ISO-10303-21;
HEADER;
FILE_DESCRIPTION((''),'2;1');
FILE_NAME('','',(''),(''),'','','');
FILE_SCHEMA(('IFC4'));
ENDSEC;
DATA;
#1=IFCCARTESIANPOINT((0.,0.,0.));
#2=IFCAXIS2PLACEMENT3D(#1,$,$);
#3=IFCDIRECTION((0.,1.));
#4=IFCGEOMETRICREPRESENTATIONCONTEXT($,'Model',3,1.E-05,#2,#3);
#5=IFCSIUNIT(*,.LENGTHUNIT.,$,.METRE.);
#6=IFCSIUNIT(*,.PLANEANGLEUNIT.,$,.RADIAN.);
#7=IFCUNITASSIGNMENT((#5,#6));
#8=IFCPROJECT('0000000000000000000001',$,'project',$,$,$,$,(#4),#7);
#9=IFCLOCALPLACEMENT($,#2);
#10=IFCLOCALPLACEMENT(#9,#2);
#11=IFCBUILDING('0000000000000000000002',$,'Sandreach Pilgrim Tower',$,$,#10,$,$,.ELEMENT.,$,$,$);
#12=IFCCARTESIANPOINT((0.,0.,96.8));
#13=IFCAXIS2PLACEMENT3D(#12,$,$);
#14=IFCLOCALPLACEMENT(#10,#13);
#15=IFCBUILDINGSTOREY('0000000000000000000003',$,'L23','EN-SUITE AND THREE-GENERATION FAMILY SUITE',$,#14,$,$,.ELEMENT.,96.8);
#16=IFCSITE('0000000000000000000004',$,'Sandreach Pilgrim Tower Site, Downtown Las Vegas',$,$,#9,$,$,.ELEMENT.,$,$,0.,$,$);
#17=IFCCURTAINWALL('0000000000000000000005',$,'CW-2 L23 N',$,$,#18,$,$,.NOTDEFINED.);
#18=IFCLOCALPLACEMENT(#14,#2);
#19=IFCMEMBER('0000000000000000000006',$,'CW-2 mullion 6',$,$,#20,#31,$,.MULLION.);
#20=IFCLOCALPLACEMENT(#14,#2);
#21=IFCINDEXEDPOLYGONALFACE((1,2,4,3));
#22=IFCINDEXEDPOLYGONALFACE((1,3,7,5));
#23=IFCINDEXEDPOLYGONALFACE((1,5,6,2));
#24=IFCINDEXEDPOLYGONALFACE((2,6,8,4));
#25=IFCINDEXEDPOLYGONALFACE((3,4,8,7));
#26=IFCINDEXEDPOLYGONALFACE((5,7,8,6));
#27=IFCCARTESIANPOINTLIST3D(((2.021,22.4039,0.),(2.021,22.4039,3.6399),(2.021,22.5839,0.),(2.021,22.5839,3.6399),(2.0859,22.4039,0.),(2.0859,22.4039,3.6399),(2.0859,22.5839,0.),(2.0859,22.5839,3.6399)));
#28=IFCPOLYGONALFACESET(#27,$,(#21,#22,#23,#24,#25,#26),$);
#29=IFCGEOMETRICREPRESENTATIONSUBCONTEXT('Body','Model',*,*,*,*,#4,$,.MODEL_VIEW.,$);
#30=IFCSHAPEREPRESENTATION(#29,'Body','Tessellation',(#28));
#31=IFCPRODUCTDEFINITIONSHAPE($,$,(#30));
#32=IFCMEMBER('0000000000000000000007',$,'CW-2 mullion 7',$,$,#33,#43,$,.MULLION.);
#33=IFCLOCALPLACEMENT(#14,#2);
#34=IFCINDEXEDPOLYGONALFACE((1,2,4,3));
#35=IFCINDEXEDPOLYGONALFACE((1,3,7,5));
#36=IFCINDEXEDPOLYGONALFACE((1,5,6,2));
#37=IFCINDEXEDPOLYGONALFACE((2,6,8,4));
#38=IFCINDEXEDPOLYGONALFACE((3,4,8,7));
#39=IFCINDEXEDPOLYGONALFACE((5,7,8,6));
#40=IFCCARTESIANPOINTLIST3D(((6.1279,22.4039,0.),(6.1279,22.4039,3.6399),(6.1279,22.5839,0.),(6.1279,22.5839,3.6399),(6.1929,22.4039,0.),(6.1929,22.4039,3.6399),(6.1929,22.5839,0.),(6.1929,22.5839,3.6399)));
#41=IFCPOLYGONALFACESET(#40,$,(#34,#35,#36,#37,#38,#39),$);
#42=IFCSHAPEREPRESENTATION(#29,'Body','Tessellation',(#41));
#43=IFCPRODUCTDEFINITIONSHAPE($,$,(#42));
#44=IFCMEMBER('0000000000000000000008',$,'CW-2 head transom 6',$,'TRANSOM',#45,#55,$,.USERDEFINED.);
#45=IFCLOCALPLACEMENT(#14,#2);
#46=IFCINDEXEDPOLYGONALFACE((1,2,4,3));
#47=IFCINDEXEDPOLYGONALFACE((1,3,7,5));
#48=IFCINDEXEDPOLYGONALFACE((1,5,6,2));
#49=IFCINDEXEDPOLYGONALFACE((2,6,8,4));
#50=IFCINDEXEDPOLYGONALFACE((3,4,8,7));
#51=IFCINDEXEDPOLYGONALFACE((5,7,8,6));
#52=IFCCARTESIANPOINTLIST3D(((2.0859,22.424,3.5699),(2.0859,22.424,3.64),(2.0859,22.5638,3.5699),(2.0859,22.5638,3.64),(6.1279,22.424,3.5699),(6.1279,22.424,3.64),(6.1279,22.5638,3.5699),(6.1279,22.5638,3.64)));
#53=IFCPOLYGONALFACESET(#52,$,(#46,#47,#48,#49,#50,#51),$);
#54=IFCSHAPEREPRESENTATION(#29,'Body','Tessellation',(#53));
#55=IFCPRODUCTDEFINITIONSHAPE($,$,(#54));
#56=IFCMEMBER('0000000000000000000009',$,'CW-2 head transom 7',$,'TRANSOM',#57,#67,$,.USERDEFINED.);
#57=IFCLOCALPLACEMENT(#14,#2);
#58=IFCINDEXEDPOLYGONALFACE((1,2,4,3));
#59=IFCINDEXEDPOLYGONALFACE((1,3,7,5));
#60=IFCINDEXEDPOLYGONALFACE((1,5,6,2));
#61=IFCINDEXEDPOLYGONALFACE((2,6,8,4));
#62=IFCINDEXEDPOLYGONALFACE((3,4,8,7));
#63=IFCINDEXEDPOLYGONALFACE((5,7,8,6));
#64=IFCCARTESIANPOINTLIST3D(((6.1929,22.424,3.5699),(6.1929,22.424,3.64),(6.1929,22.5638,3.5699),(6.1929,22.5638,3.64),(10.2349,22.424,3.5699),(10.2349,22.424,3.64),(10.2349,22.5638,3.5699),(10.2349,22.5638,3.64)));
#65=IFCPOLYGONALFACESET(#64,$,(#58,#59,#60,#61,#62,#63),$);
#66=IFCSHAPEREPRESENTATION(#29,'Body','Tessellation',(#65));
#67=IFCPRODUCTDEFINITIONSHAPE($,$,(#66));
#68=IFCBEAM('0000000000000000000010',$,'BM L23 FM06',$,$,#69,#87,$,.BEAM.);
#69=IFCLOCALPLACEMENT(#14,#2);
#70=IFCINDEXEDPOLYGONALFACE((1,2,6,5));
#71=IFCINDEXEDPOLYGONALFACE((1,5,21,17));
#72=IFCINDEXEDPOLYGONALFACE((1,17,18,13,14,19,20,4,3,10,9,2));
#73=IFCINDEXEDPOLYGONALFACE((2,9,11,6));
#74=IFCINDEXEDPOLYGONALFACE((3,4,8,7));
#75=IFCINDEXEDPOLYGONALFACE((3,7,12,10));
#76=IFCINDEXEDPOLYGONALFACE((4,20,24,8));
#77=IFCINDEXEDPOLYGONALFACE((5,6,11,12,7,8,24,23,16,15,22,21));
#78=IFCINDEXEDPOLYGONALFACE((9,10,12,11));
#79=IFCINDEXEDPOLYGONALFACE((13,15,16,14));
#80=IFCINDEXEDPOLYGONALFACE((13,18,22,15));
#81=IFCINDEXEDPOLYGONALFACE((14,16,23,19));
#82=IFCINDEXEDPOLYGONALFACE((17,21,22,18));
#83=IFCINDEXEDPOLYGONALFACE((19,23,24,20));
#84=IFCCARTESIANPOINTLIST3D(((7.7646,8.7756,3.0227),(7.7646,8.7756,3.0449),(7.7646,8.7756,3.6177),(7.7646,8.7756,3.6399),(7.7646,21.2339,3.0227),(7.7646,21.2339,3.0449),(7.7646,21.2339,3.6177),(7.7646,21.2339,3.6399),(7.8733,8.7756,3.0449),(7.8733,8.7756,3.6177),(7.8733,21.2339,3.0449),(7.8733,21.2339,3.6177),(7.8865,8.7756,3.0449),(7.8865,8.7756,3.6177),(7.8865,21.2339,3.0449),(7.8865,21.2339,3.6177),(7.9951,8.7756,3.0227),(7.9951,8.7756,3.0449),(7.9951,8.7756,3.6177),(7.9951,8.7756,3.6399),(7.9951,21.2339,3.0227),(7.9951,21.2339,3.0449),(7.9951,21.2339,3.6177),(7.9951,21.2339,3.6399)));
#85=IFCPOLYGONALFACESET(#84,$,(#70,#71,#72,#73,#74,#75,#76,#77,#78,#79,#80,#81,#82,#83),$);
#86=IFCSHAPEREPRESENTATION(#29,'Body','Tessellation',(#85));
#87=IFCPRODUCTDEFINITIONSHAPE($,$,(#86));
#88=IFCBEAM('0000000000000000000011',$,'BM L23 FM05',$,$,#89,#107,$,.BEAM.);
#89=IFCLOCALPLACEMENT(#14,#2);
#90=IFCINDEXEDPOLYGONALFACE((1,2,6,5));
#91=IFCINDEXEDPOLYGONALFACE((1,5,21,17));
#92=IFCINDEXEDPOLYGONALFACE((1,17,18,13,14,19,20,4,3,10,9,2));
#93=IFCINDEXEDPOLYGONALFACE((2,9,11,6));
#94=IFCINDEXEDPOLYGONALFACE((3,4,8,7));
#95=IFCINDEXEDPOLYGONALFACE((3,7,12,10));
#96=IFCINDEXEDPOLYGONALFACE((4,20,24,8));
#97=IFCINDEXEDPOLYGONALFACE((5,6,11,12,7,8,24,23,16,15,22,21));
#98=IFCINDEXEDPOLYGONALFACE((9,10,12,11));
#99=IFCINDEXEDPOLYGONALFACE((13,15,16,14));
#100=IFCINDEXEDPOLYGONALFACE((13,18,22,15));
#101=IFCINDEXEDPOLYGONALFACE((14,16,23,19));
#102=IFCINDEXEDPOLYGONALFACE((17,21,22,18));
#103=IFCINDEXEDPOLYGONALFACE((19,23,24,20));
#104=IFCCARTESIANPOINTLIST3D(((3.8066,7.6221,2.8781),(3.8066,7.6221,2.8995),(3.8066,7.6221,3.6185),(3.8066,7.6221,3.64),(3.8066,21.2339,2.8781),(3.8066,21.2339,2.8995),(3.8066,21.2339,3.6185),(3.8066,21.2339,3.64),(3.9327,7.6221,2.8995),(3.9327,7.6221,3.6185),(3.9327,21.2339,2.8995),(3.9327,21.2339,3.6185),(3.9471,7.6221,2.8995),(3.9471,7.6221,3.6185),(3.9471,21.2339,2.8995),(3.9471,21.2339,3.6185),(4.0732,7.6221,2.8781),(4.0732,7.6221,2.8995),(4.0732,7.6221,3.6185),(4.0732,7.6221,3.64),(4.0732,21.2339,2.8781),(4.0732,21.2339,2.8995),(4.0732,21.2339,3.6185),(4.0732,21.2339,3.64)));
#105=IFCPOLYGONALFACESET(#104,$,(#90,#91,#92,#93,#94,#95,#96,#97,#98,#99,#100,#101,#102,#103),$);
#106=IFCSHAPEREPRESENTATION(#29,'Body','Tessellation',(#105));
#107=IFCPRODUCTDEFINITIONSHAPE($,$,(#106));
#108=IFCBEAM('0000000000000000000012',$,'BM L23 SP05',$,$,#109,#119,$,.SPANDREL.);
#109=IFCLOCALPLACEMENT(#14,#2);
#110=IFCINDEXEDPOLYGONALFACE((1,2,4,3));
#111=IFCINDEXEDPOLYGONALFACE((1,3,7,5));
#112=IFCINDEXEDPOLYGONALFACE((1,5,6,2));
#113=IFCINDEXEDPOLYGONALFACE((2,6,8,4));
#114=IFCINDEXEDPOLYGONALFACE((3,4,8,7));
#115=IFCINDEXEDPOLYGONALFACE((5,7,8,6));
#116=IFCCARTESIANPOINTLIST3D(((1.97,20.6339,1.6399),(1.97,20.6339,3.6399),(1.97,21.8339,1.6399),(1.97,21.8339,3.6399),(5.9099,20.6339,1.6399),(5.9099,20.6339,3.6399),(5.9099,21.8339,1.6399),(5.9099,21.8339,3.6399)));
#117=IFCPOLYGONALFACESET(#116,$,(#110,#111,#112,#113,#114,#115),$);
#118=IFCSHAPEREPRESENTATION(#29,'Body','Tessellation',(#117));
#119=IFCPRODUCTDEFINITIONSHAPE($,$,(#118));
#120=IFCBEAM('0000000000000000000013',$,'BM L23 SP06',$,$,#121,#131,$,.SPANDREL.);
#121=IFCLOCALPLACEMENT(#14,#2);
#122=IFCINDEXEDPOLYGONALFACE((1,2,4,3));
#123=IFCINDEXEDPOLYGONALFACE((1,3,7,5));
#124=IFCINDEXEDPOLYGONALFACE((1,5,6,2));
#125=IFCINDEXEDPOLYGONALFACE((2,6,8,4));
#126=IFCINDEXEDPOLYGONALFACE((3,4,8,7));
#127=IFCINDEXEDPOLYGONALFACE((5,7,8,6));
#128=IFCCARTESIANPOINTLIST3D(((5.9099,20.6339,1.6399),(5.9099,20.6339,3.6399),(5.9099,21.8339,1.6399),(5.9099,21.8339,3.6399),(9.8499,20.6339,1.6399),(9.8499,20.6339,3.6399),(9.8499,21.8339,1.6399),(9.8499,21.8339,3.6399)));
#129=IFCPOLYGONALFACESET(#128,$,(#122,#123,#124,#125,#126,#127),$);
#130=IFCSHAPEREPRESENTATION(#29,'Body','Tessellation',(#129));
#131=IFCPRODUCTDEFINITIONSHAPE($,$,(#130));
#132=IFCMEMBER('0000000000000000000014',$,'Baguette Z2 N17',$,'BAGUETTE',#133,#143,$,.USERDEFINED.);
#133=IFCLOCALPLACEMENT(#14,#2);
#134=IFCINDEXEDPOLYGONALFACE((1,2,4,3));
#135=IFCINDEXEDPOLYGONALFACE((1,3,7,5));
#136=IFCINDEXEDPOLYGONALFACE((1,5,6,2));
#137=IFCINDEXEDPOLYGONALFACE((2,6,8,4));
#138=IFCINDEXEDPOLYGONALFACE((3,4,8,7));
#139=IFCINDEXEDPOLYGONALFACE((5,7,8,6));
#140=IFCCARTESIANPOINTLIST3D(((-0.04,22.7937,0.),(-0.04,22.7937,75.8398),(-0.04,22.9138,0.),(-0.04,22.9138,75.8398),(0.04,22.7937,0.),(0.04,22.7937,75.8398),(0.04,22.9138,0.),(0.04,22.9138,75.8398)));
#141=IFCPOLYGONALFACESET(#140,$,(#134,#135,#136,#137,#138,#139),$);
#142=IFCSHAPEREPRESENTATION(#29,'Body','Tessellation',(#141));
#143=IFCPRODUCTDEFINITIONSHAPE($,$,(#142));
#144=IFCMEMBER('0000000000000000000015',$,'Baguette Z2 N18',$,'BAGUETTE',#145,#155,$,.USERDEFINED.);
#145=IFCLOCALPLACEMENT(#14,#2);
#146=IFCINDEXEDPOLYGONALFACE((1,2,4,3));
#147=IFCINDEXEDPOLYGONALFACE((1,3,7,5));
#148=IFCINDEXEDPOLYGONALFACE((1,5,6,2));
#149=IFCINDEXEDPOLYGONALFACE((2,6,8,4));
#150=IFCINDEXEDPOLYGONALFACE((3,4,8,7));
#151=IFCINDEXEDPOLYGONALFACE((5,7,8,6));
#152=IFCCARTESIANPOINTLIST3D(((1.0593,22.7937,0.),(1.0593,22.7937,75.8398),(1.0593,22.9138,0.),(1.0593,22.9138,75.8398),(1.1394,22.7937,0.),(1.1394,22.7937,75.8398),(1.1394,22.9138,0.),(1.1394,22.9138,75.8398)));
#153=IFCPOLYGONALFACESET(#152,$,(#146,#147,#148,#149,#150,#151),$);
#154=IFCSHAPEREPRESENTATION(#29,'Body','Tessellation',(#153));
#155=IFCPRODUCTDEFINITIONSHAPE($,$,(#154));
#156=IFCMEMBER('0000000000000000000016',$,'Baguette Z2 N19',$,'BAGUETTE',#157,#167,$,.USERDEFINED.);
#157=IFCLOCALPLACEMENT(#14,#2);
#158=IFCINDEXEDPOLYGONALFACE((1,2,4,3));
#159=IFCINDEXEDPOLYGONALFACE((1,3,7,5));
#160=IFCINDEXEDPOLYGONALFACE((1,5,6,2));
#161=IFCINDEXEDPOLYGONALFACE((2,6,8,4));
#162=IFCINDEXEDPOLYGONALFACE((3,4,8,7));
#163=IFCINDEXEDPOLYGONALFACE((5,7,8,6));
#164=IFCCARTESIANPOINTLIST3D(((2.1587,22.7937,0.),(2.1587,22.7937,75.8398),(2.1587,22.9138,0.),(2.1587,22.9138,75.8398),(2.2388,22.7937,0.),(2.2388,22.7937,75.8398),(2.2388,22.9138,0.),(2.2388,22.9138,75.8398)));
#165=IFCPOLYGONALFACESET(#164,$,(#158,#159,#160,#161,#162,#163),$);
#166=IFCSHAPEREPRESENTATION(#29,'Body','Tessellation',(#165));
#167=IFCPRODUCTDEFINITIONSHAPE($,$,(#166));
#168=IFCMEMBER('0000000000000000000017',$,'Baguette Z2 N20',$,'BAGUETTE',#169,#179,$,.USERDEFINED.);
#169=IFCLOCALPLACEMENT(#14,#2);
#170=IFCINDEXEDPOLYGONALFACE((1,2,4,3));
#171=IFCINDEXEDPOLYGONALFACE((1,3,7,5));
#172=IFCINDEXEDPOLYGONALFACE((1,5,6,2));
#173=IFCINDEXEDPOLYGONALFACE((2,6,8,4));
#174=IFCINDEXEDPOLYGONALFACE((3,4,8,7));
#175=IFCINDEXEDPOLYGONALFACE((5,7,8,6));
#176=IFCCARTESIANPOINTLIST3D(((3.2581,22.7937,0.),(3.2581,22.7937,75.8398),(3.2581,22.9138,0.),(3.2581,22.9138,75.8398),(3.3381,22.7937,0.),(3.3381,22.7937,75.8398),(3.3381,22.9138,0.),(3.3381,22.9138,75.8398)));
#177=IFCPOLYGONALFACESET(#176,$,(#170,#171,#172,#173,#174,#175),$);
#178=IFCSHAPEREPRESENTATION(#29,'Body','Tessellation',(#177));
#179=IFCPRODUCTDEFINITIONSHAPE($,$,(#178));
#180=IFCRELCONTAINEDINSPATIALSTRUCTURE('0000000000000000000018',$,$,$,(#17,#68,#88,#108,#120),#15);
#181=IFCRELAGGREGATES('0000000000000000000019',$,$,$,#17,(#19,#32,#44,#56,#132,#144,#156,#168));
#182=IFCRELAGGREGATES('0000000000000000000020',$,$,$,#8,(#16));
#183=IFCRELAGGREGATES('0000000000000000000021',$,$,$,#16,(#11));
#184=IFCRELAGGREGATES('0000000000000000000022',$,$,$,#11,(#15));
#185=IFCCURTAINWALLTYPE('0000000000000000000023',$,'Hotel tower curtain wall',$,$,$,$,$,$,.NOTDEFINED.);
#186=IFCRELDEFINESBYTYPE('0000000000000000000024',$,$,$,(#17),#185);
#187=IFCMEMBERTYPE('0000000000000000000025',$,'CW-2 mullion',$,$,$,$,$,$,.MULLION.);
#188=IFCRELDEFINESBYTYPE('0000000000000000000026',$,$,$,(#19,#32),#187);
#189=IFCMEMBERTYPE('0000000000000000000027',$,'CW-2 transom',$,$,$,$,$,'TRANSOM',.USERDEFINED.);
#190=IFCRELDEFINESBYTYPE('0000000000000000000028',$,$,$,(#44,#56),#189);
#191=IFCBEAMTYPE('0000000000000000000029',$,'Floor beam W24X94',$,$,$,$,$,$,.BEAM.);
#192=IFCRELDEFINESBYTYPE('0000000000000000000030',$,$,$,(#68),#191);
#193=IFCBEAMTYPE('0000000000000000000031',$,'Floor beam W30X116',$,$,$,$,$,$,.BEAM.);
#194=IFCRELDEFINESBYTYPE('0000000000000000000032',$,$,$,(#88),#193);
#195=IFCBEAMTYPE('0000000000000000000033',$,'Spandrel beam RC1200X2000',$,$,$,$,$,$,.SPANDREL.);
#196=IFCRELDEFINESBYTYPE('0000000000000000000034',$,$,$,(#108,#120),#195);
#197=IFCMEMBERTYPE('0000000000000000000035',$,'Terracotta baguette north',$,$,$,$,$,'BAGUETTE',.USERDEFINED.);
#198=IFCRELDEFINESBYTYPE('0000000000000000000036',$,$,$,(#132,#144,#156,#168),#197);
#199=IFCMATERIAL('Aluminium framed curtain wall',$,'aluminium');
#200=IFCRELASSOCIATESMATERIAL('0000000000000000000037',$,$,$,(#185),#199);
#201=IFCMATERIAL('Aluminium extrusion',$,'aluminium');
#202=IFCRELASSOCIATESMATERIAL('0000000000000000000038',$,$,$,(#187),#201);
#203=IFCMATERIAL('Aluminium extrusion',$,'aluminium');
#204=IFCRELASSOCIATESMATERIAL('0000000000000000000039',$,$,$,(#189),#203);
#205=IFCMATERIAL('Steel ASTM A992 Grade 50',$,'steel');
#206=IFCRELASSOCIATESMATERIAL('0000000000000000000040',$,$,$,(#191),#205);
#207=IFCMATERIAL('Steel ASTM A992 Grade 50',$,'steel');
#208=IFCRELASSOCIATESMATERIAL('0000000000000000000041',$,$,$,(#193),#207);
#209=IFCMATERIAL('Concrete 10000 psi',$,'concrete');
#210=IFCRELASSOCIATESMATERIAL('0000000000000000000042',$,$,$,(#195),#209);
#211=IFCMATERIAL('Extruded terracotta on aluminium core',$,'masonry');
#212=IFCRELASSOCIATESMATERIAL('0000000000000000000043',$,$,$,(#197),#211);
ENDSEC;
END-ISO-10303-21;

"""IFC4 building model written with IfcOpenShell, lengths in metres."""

from ifc_helpers import new_model, si_unit, direction, frame, origin, origin_2d, place, context, subcontext, project, spatial, rectangle, i_section, extrude, material, material_profile, profile_set, type_object, element, aggregate, save


model = new_model("IFC4")

# Units and contexts
model_context = context("Model", 3, precision=1e-05, world=origin(), true_north=direction((0.0, 1.0)))
body_context = subcontext(model_context, "Body", "Model", "MODEL_VIEW")
ifc_project = project(units=[si_unit("LENGTHUNIT", "METRE"), si_unit("PLANEANGLEUNIT", "RADIAN")], contexts=[model_context])

# Site, building, storey
site_placement = place(None, origin())
site = spatial("IfcSite", under=ifc_project, at=site_placement, Name="Sandreach Pilgrim Tower Site, Downtown Las Vegas", CompositionType="ELEMENT", RefElevation=0.0)
building_placement = place(site_placement, origin())
building = spatial("IfcBuilding", under=site, at=building_placement, Name="Sandreach Pilgrim Tower", CompositionType="ELEMENT")
storey_placement = place(building_placement, frame((0.0, 0.0, 96.8)))
storey = spatial("IfcBuildingStorey", under=building, at=storey_placement, Name="L23", Description="EN-SUITE AND THREE-GENERATION FAMILY SUITE", CompositionType="ELEMENT", Elevation=96.8)

# Curtain wall, members
ifc_material_1 = material(Name="Aluminium framed curtain wall", Category="aluminium")
curtain_wall_type = type_object("IfcCurtainWallType", Name="Hotel tower curtain wall", PredefinedType="NOTDEFINED", material=ifc_material_1)
curtain_wall_placement = place(storey_placement, origin())
curtain_wall = element("IfcCurtainWall", 1, at=curtain_wall_placement, inside=storey, type_object=curtain_wall_type, Name="CW-2 L23 N", PredefinedType="NOTDEFINED")
ifc_material_2 = material(Name="Aluminium extrusion", Category="aluminium")
ifc_material_profile_1 = material_profile(ifc_material_2, rectangle(XDim=0.0649, YDim=0.1799, at=origin_2d()), Name="CW-2M 65X180")
ifc_profile_set_1 = profile_set([ifc_material_profile_1], Name="Aluminium extrusion")
member_type_1 = type_object("IfcMemberType", Name="CW-2 mullion", PredefinedType="MULLION", material=ifc_profile_set_1)
member_1_placement = place(storey_placement, frame((2.0535, 22.4939, 0.0), z_axis=(0.0, 0.0, 1.0), x_axis=(1.0, 0.0, 0.0)))
member_1 = element("IfcMember", 2, at=member_1_placement, type_object=member_type_1, Name="CW-2 mullion 6", PredefinedType="MULLION", context=body_context, shape_type="SweptSolid", body=[
    extrude(rectangle(XDim=0.0649, YDim=0.1799, at=origin_2d()), origin(), (0.0, 0.0, 1.0), 3.6399),
])
member_2_placement = place(storey_placement, frame((6.1604, 22.4939, 0.0), z_axis=(0.0, 0.0, 1.0), x_axis=(1.0, 0.0, 0.0)))
member_2 = element("IfcMember", 3, at=member_2_placement, type_object=member_type_1, Name="CW-2 mullion 7", PredefinedType="MULLION", context=body_context, shape_type="SweptSolid", body=[
    extrude(rectangle(XDim=0.0649, YDim=0.1799, at=origin_2d()), origin(), (0.0, 0.0, 1.0), 3.6399),
])
ifc_material_3 = material(Name="Aluminium extrusion", Category="aluminium")
ifc_material_profile_2 = material_profile(ifc_material_3, rectangle(XDim=0.1399, YDim=0.0701, at=origin_2d()), Name="CW-2T 140X70")
ifc_profile_set_2 = profile_set([ifc_material_profile_2], Name="Aluminium extrusion")
member_type_2 = type_object("IfcMemberType", Name="CW-2 transom", ElementType="TRANSOM", PredefinedType="USERDEFINED", material=ifc_profile_set_2)
member_3_placement = place(storey_placement, frame((2.0859, 22.4939, 3.605), z_axis=(1.0, 0.0, 0.0), x_axis=(0.0, 1.0, 0.0)))
member_3 = element("IfcMember", 4, at=member_3_placement, type_object=member_type_2, Name="CW-2 head transom 6", ObjectType="TRANSOM", PredefinedType="USERDEFINED", context=body_context, shape_type="SweptSolid", body=[
    extrude(rectangle(XDim=0.1399, YDim=0.0701, at=origin_2d()), origin(), (0.0, 0.0, 1.0), 4.042),
])
member_4_placement = place(storey_placement, frame((6.1929, 22.4939, 3.605), z_axis=(1.0, 0.0, 0.0), x_axis=(0.0, 1.0, 0.0)))
member_4 = element("IfcMember", 5, at=member_4_placement, type_object=member_type_2, Name="CW-2 head transom 7", ObjectType="TRANSOM", PredefinedType="USERDEFINED", context=body_context, shape_type="SweptSolid", body=[
    extrude(rectangle(XDim=0.1399, YDim=0.0701, at=origin_2d()), origin(), (0.0, 0.0, 1.0), 4.042),
])

# Beams
ifc_material_4 = material(Name="Steel ASTM A992 Grade 50", Category="steel")
ifc_material_profile_3 = material_profile(ifc_material_4, i_section(OverallWidth=0.2305, OverallDepth=0.6172, WebThickness=0.0132, FlangeThickness=0.0222, at=origin_2d()), Name="W24X94")
ifc_profile_set_3 = profile_set([ifc_material_profile_3], Name="Steel ASTM A992 Grade 50")
beam_type_1 = type_object("IfcBeamType", Name="Floor beam W24X94", PredefinedType="BEAM", material=ifc_profile_set_3)
beam_1_placement = place(storey_placement, frame((7.8799, 21.2339, 3.3313), z_axis=(0.0, -1.0, 0.0), x_axis=(1.0, 0.0, 0.0)))
element("IfcBeam", 6, at=beam_1_placement, inside=storey, type_object=beam_type_1, Name="BM L23 FM06", PredefinedType="BEAM", context=body_context, shape_type="SweptSolid", body=[
    extrude(i_section(OverallWidth=0.2305, OverallDepth=0.6172, WebThickness=0.0132, FlangeThickness=0.0222, at=origin_2d()), origin(), (0.0, 0.0, 1.0), 12.4583),
])
ifc_material_5 = material(Name="Steel ASTM A992 Grade 50", Category="steel")
ifc_material_profile_4 = material_profile(ifc_material_5, i_section(OverallWidth=0.2666, OverallDepth=0.762, WebThickness=0.0144, FlangeThickness=0.0215, at=origin_2d()), Name="W30X116")
ifc_profile_set_4 = profile_set([ifc_material_profile_4], Name="Steel ASTM A992 Grade 50")
beam_type_2 = type_object("IfcBeamType", Name="Floor beam W30X116", PredefinedType="BEAM", material=ifc_profile_set_4)
beam_2_placement = place(storey_placement, frame((3.9399, 21.2339, 3.259), z_axis=(0.0, -1.0, 0.0), x_axis=(1.0, 0.0, 0.0)))
element("IfcBeam", 7, at=beam_2_placement, inside=storey, type_object=beam_type_2, Name="BM L23 FM05", PredefinedType="BEAM", context=body_context, shape_type="SweptSolid", body=[
    extrude(i_section(OverallWidth=0.2666, OverallDepth=0.762, WebThickness=0.0144, FlangeThickness=0.0215, at=origin_2d()), origin(), (0.0, 0.0, 1.0), 13.6118),
])
ifc_material_6 = material(Name="Concrete 10000 psi", Category="concrete")
ifc_material_profile_5 = material_profile(ifc_material_6, rectangle(XDim=1.2, YDim=2.0, at=origin_2d()), Name="RC1200X2000")
ifc_profile_set_5 = profile_set([ifc_material_profile_5], Name="Concrete 10000 psi")
beam_type_3 = type_object("IfcBeamType", Name="Spandrel beam RC1200X2000", PredefinedType="SPANDREL", material=ifc_profile_set_5)
for number, where, z_axis, x_axis, name in (
    (8, (1.97, 21.2339, 2.6399), (1.0, 0.0, 0.0), (0.0, 1.0, 0.0), "BM L23 SP05"),
    (9, (5.9099, 21.2339, 2.6399), (1.0, 0.0, 0.0), (0.0, 1.0, 0.0), "BM L23 SP06"),
):
    element("IfcBeam", number, at=place(storey_placement, frame(where, z_axis=z_axis, x_axis=x_axis)), inside=storey, type_object=beam_type_3, Name=name, PredefinedType="SPANDREL", context=body_context, shape_type="SweptSolid", body=[
        extrude(rectangle(XDim=1.2, YDim=2.0, at=origin_2d()), origin(), (0.0, 0.0, 1.0), 3.9399),
    ])

# Members
ifc_material_7 = material(Name="Extruded terracotta on aluminium core", Category="masonry")
ifc_material_profile_6 = material_profile(ifc_material_7, rectangle(XDim=0.0801, YDim=0.1201, at=origin_2d()), Name="TBN 80X120")
ifc_profile_set_6 = profile_set([ifc_material_profile_6], Name="Extruded terracotta on aluminium core")
member_type_3 = type_object("IfcMemberType", Name="Terracotta baguette north", ElementType="BAGUETTE", PredefinedType="USERDEFINED", material=ifc_profile_set_6)
member_5_placement = place(storey_placement, frame((0.0, 22.8538, 0.0), z_axis=(0.0, 0.0, 1.0), x_axis=(1.0, 0.0, 0.0)))
member_5 = element("IfcMember", 10, at=member_5_placement, type_object=member_type_3, Name="Baguette Z2 N17", ObjectType="BAGUETTE", PredefinedType="USERDEFINED", context=body_context, shape_type="SweptSolid", body=[
    extrude(rectangle(XDim=0.0801, YDim=0.1201, at=origin_2d()), origin(), (0.0, 0.0, 1.0), 75.8398),
])
member_6_placement = place(storey_placement, frame((1.0994, 22.8538, 0.0), z_axis=(0.0, 0.0, 1.0), x_axis=(1.0, 0.0, 0.0)))
member_6 = element("IfcMember", 11, at=member_6_placement, type_object=member_type_3, Name="Baguette Z2 N18", ObjectType="BAGUETTE", PredefinedType="USERDEFINED", context=body_context, shape_type="SweptSolid", body=[
    extrude(rectangle(XDim=0.0801, YDim=0.1201, at=origin_2d()), origin(), (0.0, 0.0, 1.0), 75.8398),
])
member_7_placement = place(storey_placement, frame((2.1987, 22.8538, 0.0), z_axis=(0.0, 0.0, 1.0), x_axis=(1.0, 0.0, 0.0)))
member_7 = element("IfcMember", 12, at=member_7_placement, type_object=member_type_3, Name="Baguette Z2 N19", ObjectType="BAGUETTE", PredefinedType="USERDEFINED", context=body_context, shape_type="SweptSolid", body=[
    extrude(rectangle(XDim=0.0801, YDim=0.1201, at=origin_2d()), origin(), (0.0, 0.0, 1.0), 75.8398),
])
member_8_placement = place(storey_placement, frame((3.2981, 22.8538, 0.0), z_axis=(0.0, 0.0, 1.0), x_axis=(1.0, 0.0, 0.0)))
member_8 = element("IfcMember", 13, at=member_8_placement, type_object=member_type_3, Name="Baguette Z2 N20", ObjectType="BAGUETTE", PredefinedType="USERDEFINED", context=body_context, shape_type="SweptSolid", body=[
    extrude(rectangle(XDim=0.0801, YDim=0.1201, at=origin_2d()), origin(), (0.0, 0.0, 1.0), 75.8398),
])

aggregate(curtain_wall, [member_1, member_2, member_3, member_4, member_5, member_6, member_7, member_8])

save(model, "model.ifc")
